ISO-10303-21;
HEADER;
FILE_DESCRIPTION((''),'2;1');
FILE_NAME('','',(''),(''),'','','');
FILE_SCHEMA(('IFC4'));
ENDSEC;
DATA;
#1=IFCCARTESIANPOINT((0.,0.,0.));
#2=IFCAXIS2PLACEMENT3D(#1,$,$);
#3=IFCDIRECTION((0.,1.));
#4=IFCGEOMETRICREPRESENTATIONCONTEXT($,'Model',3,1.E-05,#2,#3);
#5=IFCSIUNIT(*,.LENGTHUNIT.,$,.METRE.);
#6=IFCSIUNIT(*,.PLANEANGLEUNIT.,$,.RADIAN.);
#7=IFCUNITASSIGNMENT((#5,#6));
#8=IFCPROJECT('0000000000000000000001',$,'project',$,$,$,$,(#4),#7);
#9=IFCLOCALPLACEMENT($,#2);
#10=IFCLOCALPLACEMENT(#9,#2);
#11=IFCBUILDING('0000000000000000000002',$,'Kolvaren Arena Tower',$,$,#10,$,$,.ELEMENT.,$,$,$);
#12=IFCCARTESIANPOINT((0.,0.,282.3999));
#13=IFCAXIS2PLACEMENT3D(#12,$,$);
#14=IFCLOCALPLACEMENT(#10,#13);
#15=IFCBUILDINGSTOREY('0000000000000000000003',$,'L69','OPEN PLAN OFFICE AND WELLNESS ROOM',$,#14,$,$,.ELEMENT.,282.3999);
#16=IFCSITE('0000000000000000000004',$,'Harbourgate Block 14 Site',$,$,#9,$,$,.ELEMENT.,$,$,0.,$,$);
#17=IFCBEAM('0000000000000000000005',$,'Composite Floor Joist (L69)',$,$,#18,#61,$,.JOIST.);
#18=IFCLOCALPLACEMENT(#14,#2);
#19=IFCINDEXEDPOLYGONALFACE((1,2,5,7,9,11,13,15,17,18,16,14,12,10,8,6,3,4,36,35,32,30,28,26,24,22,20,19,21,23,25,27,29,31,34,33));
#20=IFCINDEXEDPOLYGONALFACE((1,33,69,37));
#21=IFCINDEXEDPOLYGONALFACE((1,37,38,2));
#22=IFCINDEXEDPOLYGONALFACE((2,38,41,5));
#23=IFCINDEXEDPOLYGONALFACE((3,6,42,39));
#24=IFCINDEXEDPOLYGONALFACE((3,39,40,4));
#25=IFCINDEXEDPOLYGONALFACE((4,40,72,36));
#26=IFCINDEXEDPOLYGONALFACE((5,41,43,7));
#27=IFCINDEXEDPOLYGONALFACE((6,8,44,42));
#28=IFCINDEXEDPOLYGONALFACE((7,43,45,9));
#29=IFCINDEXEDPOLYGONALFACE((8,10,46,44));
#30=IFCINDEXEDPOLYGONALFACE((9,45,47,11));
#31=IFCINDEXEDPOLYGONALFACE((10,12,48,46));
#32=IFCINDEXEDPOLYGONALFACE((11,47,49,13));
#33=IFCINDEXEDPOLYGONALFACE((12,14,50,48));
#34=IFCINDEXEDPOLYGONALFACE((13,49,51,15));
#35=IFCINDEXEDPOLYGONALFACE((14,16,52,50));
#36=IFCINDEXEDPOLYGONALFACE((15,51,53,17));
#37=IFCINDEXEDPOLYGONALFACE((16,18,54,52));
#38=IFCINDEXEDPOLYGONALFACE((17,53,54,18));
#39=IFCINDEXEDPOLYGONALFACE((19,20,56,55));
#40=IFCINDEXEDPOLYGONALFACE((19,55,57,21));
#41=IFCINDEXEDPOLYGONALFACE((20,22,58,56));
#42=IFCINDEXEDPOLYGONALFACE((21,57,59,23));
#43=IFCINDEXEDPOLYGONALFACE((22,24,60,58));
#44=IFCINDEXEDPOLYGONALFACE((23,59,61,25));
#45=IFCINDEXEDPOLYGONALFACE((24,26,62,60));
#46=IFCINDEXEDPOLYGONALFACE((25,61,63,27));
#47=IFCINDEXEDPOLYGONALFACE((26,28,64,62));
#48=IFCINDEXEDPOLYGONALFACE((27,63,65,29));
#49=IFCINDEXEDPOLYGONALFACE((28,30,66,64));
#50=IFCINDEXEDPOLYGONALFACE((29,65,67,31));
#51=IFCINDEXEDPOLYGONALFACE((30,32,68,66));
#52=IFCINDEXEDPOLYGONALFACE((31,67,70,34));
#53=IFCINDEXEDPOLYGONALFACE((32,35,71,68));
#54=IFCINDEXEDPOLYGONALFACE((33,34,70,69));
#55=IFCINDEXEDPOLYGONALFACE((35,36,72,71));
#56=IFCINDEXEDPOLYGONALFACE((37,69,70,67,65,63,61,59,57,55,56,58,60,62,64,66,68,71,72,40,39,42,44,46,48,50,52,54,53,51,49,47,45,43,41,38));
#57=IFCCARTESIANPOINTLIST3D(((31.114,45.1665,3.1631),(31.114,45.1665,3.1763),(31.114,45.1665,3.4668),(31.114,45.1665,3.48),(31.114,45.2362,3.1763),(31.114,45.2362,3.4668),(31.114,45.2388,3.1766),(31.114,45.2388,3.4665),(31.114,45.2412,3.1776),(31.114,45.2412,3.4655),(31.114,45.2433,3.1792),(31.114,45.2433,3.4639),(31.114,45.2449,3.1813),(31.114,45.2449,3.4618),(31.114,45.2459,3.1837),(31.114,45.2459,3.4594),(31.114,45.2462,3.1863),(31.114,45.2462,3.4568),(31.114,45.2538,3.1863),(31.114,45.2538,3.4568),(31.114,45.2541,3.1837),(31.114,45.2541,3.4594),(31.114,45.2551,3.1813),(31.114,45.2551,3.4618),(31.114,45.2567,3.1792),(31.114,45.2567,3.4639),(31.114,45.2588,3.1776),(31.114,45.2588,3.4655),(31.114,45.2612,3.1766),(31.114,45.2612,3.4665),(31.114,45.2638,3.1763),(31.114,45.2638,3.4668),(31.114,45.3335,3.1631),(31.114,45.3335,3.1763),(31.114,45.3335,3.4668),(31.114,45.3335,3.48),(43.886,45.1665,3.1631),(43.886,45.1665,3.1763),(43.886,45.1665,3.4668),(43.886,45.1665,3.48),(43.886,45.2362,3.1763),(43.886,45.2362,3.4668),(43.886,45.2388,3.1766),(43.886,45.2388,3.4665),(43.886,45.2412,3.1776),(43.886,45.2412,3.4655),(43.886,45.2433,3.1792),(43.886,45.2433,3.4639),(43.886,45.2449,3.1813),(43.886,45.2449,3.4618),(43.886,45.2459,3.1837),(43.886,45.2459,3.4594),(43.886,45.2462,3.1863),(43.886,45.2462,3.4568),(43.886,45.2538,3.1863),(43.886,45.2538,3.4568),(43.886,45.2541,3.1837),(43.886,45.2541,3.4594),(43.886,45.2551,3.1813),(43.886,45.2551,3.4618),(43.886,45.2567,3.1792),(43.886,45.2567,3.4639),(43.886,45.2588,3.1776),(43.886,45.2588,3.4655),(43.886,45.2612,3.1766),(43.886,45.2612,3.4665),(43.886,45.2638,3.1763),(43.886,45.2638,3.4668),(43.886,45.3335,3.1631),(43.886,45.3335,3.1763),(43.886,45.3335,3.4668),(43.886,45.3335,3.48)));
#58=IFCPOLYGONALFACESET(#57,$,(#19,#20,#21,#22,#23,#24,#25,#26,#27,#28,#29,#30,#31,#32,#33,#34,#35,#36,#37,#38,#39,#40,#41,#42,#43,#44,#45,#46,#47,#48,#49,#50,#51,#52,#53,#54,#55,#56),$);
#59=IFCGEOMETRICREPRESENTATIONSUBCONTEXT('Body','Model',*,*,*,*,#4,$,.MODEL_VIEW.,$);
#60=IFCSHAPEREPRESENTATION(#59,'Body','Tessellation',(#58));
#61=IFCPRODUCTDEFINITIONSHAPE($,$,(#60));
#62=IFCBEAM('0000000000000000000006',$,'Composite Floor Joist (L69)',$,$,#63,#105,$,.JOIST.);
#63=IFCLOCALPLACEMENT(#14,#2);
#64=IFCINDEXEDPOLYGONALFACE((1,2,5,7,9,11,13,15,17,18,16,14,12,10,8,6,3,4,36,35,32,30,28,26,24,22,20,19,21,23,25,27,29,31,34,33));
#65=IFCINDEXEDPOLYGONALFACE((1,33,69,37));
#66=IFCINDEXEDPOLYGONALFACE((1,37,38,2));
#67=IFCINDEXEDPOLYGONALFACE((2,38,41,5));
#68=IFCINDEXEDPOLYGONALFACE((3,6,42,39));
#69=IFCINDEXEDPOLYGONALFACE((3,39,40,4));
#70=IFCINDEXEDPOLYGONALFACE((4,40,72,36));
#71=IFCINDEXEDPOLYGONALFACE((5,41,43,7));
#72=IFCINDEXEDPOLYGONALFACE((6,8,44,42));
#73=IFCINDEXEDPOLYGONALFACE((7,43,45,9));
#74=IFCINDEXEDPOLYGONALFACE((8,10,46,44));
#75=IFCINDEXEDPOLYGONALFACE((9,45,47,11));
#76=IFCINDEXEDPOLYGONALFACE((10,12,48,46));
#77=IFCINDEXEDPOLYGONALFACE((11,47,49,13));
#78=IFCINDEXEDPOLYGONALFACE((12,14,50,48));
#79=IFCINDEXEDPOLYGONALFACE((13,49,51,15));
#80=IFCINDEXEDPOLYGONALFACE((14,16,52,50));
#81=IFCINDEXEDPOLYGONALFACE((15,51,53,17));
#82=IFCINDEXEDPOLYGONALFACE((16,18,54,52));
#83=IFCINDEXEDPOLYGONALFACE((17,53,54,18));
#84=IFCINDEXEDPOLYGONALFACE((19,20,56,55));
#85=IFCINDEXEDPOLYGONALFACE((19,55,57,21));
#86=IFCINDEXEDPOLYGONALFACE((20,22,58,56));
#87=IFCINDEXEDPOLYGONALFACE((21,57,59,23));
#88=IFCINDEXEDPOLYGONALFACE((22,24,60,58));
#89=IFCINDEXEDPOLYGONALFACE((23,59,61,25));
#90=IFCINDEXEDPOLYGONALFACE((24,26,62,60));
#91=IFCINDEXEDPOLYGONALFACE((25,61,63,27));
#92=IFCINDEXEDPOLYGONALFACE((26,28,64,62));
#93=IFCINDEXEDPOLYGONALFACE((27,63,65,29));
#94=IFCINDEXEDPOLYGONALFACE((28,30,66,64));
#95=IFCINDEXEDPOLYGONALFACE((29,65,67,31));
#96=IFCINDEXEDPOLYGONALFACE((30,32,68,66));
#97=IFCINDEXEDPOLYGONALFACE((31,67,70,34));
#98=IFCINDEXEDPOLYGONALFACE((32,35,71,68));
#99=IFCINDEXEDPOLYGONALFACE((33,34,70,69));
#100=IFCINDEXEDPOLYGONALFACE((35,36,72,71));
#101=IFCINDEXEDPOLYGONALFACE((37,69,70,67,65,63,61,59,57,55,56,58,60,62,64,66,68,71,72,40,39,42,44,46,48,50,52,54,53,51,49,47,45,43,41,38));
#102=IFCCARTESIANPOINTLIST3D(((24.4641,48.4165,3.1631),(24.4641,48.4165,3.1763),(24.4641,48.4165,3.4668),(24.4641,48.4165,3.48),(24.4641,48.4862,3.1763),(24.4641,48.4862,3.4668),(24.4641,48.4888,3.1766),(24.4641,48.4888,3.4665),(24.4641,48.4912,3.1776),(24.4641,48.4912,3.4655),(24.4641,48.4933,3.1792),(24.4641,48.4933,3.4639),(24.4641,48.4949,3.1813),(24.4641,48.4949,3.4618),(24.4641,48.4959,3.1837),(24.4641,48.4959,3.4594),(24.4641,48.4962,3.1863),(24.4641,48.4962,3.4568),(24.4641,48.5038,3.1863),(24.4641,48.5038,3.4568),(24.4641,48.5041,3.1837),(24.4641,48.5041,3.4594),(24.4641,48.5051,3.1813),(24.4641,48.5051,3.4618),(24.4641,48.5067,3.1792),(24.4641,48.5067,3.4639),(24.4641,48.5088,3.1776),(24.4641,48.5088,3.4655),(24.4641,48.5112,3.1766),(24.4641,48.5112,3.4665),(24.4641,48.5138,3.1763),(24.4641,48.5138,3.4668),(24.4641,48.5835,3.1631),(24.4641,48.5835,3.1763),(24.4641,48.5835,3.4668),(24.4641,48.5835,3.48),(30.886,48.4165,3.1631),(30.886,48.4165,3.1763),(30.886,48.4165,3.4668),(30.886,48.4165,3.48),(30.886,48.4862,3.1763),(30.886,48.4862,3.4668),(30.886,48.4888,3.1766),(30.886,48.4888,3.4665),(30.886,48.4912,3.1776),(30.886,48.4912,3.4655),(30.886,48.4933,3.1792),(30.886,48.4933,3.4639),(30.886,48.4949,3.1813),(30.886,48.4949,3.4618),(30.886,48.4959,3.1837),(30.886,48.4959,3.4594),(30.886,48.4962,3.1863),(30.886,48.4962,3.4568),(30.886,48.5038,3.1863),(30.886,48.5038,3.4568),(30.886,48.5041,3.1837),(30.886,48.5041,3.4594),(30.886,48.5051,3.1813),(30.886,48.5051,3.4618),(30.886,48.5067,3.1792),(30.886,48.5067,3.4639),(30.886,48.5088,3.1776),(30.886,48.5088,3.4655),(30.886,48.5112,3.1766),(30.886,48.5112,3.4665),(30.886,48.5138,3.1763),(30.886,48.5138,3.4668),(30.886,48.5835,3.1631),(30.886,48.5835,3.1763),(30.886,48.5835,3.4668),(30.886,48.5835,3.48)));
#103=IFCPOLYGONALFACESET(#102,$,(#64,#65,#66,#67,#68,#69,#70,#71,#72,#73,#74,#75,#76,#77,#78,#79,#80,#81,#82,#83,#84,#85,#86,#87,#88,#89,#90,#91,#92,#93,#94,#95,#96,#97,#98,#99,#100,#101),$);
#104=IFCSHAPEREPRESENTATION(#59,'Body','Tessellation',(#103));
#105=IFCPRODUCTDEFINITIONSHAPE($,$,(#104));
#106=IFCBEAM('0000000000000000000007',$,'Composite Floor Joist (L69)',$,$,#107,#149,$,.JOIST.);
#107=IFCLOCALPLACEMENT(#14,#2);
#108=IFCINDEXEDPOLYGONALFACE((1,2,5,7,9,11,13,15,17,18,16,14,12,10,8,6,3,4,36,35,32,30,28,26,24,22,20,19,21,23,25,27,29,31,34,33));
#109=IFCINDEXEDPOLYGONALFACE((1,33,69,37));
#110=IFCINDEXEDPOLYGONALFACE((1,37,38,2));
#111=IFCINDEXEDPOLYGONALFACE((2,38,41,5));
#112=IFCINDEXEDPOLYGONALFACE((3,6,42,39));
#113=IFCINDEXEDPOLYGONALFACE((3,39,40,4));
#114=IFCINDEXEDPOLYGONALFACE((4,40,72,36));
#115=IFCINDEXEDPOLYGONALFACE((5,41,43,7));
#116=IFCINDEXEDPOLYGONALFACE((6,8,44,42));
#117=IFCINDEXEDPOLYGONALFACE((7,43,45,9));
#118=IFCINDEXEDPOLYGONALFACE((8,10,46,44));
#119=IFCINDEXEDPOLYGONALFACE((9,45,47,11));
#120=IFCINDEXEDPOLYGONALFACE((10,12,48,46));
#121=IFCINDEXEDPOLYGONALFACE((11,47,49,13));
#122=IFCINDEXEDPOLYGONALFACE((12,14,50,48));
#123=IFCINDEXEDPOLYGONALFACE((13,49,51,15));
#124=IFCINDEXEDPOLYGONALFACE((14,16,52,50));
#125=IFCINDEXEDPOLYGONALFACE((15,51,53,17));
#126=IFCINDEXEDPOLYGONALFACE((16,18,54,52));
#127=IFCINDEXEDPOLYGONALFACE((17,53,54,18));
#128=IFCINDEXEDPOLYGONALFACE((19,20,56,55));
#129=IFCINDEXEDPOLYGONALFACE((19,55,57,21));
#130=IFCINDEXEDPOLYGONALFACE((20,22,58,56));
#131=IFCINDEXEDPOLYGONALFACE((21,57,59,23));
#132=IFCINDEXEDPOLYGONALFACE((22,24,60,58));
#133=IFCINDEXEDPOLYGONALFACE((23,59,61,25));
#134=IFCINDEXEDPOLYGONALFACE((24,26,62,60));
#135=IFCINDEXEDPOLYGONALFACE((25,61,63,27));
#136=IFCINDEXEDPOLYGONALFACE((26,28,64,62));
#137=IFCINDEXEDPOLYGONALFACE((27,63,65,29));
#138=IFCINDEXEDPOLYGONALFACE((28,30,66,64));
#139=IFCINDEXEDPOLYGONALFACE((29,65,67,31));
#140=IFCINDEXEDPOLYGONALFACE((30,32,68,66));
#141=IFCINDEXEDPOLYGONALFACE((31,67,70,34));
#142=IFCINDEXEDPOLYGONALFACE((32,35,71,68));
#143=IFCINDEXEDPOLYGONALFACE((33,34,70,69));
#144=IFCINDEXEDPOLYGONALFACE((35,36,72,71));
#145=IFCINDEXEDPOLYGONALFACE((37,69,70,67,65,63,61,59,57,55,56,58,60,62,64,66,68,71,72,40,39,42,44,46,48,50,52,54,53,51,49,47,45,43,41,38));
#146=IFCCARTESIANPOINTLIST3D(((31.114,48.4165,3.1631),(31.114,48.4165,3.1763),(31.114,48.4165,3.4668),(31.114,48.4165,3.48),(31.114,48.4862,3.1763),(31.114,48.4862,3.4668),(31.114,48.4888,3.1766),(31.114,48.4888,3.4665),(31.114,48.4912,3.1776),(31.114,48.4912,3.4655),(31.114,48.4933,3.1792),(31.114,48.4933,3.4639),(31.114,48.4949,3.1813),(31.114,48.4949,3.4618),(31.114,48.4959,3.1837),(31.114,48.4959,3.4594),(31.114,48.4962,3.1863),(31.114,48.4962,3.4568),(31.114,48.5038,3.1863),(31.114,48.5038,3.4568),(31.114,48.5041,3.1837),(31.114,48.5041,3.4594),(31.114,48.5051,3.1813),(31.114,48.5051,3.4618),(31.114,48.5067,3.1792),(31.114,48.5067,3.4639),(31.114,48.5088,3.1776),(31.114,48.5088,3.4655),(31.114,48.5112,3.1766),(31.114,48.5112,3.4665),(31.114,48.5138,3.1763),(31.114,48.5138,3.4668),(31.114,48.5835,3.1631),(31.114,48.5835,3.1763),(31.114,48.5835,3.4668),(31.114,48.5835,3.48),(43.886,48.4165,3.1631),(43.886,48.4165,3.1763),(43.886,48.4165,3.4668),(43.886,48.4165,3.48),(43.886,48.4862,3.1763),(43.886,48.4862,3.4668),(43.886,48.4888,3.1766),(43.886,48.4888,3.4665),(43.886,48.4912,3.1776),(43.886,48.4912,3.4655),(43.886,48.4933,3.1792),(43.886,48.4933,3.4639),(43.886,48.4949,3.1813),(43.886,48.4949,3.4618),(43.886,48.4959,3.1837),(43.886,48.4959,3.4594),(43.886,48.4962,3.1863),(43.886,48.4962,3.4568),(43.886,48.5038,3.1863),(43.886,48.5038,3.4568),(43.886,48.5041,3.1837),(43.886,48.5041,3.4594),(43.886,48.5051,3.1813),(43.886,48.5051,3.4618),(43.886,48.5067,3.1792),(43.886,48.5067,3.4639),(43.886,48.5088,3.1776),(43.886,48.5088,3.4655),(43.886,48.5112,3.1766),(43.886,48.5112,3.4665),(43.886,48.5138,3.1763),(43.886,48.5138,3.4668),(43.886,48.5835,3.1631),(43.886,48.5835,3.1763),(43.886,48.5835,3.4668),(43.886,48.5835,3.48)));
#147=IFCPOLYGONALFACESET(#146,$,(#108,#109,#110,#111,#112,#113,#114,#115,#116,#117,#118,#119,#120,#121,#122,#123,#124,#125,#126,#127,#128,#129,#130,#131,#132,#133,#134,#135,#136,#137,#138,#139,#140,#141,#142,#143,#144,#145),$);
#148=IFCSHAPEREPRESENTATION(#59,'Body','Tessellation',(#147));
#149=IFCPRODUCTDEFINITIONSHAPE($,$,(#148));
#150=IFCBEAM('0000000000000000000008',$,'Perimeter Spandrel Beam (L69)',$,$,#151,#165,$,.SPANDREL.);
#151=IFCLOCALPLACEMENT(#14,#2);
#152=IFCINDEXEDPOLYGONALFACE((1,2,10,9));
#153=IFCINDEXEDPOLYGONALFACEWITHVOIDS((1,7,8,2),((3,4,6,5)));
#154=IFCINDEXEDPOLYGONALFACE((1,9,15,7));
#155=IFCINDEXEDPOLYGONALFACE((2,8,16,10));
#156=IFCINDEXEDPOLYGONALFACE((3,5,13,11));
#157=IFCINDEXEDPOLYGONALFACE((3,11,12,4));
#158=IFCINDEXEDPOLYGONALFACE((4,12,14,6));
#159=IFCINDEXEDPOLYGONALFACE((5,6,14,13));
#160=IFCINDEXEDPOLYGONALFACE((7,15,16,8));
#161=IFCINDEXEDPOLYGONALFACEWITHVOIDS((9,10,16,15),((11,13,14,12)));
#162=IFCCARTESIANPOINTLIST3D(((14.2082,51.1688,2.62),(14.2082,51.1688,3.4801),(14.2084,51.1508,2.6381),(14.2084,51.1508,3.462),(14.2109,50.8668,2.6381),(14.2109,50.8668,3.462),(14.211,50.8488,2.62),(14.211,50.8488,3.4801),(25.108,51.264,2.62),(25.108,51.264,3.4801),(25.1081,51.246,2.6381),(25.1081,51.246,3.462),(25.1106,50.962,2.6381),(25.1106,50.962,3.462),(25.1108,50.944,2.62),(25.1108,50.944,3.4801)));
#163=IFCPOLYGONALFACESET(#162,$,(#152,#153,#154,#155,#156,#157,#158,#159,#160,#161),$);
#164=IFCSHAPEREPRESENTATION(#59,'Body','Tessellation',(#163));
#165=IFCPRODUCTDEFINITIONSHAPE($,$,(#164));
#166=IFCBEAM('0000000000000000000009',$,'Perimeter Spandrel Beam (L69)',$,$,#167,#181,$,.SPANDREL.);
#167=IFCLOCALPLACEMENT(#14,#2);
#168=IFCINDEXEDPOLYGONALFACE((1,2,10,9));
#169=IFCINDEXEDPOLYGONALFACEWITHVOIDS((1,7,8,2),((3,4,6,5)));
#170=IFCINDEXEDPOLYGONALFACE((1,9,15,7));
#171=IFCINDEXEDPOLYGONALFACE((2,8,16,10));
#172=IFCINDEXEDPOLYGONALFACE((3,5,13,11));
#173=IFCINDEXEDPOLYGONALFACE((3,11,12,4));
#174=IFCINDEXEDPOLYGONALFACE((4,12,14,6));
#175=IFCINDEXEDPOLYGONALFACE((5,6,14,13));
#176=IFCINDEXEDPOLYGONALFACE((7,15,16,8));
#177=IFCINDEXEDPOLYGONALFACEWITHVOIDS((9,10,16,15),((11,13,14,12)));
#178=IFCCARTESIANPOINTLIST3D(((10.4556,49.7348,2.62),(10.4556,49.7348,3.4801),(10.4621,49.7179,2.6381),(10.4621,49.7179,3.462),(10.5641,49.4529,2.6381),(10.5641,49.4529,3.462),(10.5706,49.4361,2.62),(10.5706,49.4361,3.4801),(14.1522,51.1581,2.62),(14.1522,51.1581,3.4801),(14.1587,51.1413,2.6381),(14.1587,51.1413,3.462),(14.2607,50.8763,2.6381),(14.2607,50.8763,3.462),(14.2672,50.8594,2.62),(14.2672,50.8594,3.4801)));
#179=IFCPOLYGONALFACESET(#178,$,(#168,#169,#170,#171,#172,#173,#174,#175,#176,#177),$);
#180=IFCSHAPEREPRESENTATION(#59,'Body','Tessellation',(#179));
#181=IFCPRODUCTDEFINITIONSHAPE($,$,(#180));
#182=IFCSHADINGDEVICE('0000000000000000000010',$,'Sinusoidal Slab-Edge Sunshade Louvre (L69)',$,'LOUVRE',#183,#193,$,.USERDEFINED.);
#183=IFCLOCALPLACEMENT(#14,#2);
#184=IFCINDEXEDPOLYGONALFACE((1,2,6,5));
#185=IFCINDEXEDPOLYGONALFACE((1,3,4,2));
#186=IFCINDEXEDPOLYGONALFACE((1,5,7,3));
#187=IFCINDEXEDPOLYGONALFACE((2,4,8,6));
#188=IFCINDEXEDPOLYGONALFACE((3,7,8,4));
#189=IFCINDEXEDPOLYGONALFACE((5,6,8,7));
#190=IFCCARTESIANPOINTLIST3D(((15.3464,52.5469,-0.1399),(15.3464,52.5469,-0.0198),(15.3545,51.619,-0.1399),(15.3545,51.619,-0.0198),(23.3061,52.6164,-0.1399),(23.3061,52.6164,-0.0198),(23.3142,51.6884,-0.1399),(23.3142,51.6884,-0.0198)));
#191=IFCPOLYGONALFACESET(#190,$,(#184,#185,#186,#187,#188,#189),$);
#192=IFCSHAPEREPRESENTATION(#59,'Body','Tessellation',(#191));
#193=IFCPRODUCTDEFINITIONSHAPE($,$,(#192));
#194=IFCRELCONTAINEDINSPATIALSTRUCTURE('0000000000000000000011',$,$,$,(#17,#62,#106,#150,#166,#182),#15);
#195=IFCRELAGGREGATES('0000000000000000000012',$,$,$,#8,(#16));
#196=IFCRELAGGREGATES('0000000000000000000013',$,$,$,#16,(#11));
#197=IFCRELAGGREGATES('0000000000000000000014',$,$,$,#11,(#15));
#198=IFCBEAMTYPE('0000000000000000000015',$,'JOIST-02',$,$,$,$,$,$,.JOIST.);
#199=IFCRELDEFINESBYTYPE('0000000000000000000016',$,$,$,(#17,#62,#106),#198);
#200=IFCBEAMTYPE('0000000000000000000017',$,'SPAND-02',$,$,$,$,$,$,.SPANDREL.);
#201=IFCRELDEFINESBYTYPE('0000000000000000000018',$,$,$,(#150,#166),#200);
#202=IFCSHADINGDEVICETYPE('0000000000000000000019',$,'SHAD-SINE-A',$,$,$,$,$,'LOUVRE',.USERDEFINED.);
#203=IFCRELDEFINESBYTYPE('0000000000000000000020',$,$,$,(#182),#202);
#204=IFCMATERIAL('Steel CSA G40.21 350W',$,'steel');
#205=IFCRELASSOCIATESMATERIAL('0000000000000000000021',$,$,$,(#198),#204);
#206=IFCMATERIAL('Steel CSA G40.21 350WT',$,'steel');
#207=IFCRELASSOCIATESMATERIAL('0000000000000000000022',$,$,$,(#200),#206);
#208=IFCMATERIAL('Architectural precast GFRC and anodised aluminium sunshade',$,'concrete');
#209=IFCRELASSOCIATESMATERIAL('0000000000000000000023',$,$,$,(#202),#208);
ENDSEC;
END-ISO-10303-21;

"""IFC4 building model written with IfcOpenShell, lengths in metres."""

from ifc_helpers import new_model, si_unit, direction, frame, origin, origin_2d, place, context, subcontext, project, spatial, rectangle, hollow_rectangle, i_section, extrude, material, material_profile, profile_set, type_object, element, save


model = new_model("IFC4")

# Units and contexts
model_context = context("Model", 3, precision=1e-05, world=origin(), true_north=direction((0.0, 1.0)))
body_context = subcontext(model_context, "Body", "Model", "MODEL_VIEW")
ifc_project = project(units=[si_unit("LENGTHUNIT", "METRE"), si_unit("PLANEANGLEUNIT", "RADIAN")], contexts=[model_context])

# Site, building, storey
site_placement = place(None, origin())
site = spatial("IfcSite", under=ifc_project, at=site_placement, Name="Harbourgate Block 14 Site", CompositionType="ELEMENT", RefElevation=0.0)
building_placement = place(site_placement, origin())
building = spatial("IfcBuilding", under=site, at=building_placement, Name="Kolvaren Arena Tower", CompositionType="ELEMENT")
storey_placement = place(building_placement, frame((0.0, 0.0, 282.3999)))
storey = spatial("IfcBuildingStorey", under=building, at=storey_placement, Name="L69", Description="OPEN PLAN OFFICE AND WELLNESS ROOM", CompositionType="ELEMENT", Elevation=282.3999)

# Beams
ifc_material_1 = material(Name="Steel CSA G40.21 350W", Category="steel")
ifc_material_profile_1 = material_profile(ifc_material_1, i_section(OverallWidth=0.167, OverallDepth=0.3169, WebThickness=0.0076, FlangeThickness=0.0132, FilletRadius=0.01, at=origin_2d()), Name="W310x52")
ifc_profile_set_1 = profile_set([ifc_material_profile_1], Name="Steel CSA G40.21 350W")
beam_type_1 = type_object("IfcBeamType", Name="JOIST-02", PredefinedType="JOIST", material=ifc_profile_set_1)
beam_1_placement = place(storey_placement, frame((31.114, 45.25, 3.3215), z_axis=(1.0, 0.0, 0.0), x_axis=(0.0, 1.0, 0.0)))
element("IfcBeam", 1, at=beam_1_placement, inside=storey, type_object=beam_type_1, Name="Composite Floor Joist (L69)", PredefinedType="JOIST", context=body_context, shape_type="SweptSolid", body=[
    extrude(i_section(OverallWidth=0.167, OverallDepth=0.3169, WebThickness=0.0076, FlangeThickness=0.0132, FilletRadius=0.01, at=origin_2d()), origin(), (0.0, 0.0, 1.0), 12.772),
])
beam_2_placement = place(storey_placement, frame((24.4641, 48.5, 3.3215), z_axis=(1.0, 0.0, 0.0), x_axis=(0.0, 1.0, 0.0)))
element("IfcBeam", 2, at=beam_2_placement, inside=storey, type_object=beam_type_1, Name="Composite Floor Joist (L69)", PredefinedType="JOIST", context=body_context, shape_type="SweptSolid", body=[
    extrude(i_section(OverallWidth=0.167, OverallDepth=0.3169, WebThickness=0.0076, FlangeThickness=0.0132, FilletRadius=0.01, at=origin_2d()), origin(), (0.0, 0.0, 1.0), 6.4219),
])
beam_3_placement = place(storey_placement, frame((31.114, 48.5, 3.3215), z_axis=(1.0, 0.0, 0.0), x_axis=(0.0, 1.0, 0.0)))
element("IfcBeam", 3, at=beam_3_placement, inside=storey, type_object=beam_type_1, Name="Composite Floor Joist (L69)", PredefinedType="JOIST", context=body_context, shape_type="SweptSolid", body=[
    extrude(i_section(OverallWidth=0.167, OverallDepth=0.3169, WebThickness=0.0076, FlangeThickness=0.0132, FilletRadius=0.01, at=origin_2d()), origin(), (0.0, 0.0, 1.0), 12.772),
])
ifc_material_2 = material(Name="Steel CSA G40.21 350WT", Category="steel")
ifc_material_profile_2 = material_profile(ifc_material_2, hollow_rectangle(XDim=0.3201, YDim=0.8601, WallThickness=0.0181, at=origin_2d()), Name="HSS 860x320x18")
ifc_profile_set_2 = profile_set([ifc_material_profile_2], Name="Steel CSA G40.21 350WT")
beam_type_2 = type_object("IfcBeamType", Name="SPAND-02", PredefinedType="SPANDREL", material=ifc_profile_set_2)
beam_4_placement = place(storey_placement, frame((25.1094, 51.104, 3.05), z_axis=(-0.999962, -0.008735, 0.0), x_axis=(0.008735, -0.999962, 0.0)))
element("IfcBeam", 4, at=beam_4_placement, inside=storey, type_object=beam_type_2, Name="Perimeter Spandrel Beam (L69)", PredefinedType="SPANDREL", context=body_context, shape_type="SweptSolid", body=[
    extrude(hollow_rectangle(XDim=0.3201, YDim=0.8601, WallThickness=0.0181, at=origin_2d()), origin(), (0.0, 0.0, 1.0), 10.9001),
])
beam_5_placement = place(storey_placement, frame((14.2097, 51.0088, 3.05), z_axis=(-0.933211, -0.35933, 0.0), x_axis=(0.35933, -0.933211, 0.0)))
element("IfcBeam", 5, at=beam_5_placement, inside=storey, type_object=beam_type_2, Name="Perimeter Spandrel Beam (L69)", PredefinedType="SPANDREL", context=body_context, shape_type="SweptSolid", body=[
    extrude(hollow_rectangle(XDim=0.3201, YDim=0.8601, WallThickness=0.0181, at=origin_2d()), origin(), (0.0, 0.0, 1.0), 3.9612),
])

# Shading device
ifc_material_3 = material(Name="Architectural precast GFRC and anodised aluminium sunshade", Category="concrete")
shading_device_type = type_object("IfcShadingDeviceType", Name="SHAD-SINE-A", ElementType="LOUVRE", PredefinedType="USERDEFINED", material=ifc_material_3)
shading_device_1_placement = place(storey_placement, frame((19.3303, 52.1177, -0.1399), z_axis=(0.0, 0.0, 1.0), x_axis=(0.999962, 0.008727, 0.0)))
element("IfcShadingDevice", 6, at=shading_device_1_placement, inside=storey, type_object=shading_device_type, Name="Sinusoidal Slab-Edge Sunshade Louvre (L69)", ObjectType="LOUVRE", PredefinedType="USERDEFINED", context=body_context, shape_type="SweptSolid", body=[
    extrude(rectangle(XDim=7.96, YDim=0.928, at=origin_2d()), origin(), (0.0, 0.0, 1.0), 0.1201),
])

save(model, "model.ifc")
